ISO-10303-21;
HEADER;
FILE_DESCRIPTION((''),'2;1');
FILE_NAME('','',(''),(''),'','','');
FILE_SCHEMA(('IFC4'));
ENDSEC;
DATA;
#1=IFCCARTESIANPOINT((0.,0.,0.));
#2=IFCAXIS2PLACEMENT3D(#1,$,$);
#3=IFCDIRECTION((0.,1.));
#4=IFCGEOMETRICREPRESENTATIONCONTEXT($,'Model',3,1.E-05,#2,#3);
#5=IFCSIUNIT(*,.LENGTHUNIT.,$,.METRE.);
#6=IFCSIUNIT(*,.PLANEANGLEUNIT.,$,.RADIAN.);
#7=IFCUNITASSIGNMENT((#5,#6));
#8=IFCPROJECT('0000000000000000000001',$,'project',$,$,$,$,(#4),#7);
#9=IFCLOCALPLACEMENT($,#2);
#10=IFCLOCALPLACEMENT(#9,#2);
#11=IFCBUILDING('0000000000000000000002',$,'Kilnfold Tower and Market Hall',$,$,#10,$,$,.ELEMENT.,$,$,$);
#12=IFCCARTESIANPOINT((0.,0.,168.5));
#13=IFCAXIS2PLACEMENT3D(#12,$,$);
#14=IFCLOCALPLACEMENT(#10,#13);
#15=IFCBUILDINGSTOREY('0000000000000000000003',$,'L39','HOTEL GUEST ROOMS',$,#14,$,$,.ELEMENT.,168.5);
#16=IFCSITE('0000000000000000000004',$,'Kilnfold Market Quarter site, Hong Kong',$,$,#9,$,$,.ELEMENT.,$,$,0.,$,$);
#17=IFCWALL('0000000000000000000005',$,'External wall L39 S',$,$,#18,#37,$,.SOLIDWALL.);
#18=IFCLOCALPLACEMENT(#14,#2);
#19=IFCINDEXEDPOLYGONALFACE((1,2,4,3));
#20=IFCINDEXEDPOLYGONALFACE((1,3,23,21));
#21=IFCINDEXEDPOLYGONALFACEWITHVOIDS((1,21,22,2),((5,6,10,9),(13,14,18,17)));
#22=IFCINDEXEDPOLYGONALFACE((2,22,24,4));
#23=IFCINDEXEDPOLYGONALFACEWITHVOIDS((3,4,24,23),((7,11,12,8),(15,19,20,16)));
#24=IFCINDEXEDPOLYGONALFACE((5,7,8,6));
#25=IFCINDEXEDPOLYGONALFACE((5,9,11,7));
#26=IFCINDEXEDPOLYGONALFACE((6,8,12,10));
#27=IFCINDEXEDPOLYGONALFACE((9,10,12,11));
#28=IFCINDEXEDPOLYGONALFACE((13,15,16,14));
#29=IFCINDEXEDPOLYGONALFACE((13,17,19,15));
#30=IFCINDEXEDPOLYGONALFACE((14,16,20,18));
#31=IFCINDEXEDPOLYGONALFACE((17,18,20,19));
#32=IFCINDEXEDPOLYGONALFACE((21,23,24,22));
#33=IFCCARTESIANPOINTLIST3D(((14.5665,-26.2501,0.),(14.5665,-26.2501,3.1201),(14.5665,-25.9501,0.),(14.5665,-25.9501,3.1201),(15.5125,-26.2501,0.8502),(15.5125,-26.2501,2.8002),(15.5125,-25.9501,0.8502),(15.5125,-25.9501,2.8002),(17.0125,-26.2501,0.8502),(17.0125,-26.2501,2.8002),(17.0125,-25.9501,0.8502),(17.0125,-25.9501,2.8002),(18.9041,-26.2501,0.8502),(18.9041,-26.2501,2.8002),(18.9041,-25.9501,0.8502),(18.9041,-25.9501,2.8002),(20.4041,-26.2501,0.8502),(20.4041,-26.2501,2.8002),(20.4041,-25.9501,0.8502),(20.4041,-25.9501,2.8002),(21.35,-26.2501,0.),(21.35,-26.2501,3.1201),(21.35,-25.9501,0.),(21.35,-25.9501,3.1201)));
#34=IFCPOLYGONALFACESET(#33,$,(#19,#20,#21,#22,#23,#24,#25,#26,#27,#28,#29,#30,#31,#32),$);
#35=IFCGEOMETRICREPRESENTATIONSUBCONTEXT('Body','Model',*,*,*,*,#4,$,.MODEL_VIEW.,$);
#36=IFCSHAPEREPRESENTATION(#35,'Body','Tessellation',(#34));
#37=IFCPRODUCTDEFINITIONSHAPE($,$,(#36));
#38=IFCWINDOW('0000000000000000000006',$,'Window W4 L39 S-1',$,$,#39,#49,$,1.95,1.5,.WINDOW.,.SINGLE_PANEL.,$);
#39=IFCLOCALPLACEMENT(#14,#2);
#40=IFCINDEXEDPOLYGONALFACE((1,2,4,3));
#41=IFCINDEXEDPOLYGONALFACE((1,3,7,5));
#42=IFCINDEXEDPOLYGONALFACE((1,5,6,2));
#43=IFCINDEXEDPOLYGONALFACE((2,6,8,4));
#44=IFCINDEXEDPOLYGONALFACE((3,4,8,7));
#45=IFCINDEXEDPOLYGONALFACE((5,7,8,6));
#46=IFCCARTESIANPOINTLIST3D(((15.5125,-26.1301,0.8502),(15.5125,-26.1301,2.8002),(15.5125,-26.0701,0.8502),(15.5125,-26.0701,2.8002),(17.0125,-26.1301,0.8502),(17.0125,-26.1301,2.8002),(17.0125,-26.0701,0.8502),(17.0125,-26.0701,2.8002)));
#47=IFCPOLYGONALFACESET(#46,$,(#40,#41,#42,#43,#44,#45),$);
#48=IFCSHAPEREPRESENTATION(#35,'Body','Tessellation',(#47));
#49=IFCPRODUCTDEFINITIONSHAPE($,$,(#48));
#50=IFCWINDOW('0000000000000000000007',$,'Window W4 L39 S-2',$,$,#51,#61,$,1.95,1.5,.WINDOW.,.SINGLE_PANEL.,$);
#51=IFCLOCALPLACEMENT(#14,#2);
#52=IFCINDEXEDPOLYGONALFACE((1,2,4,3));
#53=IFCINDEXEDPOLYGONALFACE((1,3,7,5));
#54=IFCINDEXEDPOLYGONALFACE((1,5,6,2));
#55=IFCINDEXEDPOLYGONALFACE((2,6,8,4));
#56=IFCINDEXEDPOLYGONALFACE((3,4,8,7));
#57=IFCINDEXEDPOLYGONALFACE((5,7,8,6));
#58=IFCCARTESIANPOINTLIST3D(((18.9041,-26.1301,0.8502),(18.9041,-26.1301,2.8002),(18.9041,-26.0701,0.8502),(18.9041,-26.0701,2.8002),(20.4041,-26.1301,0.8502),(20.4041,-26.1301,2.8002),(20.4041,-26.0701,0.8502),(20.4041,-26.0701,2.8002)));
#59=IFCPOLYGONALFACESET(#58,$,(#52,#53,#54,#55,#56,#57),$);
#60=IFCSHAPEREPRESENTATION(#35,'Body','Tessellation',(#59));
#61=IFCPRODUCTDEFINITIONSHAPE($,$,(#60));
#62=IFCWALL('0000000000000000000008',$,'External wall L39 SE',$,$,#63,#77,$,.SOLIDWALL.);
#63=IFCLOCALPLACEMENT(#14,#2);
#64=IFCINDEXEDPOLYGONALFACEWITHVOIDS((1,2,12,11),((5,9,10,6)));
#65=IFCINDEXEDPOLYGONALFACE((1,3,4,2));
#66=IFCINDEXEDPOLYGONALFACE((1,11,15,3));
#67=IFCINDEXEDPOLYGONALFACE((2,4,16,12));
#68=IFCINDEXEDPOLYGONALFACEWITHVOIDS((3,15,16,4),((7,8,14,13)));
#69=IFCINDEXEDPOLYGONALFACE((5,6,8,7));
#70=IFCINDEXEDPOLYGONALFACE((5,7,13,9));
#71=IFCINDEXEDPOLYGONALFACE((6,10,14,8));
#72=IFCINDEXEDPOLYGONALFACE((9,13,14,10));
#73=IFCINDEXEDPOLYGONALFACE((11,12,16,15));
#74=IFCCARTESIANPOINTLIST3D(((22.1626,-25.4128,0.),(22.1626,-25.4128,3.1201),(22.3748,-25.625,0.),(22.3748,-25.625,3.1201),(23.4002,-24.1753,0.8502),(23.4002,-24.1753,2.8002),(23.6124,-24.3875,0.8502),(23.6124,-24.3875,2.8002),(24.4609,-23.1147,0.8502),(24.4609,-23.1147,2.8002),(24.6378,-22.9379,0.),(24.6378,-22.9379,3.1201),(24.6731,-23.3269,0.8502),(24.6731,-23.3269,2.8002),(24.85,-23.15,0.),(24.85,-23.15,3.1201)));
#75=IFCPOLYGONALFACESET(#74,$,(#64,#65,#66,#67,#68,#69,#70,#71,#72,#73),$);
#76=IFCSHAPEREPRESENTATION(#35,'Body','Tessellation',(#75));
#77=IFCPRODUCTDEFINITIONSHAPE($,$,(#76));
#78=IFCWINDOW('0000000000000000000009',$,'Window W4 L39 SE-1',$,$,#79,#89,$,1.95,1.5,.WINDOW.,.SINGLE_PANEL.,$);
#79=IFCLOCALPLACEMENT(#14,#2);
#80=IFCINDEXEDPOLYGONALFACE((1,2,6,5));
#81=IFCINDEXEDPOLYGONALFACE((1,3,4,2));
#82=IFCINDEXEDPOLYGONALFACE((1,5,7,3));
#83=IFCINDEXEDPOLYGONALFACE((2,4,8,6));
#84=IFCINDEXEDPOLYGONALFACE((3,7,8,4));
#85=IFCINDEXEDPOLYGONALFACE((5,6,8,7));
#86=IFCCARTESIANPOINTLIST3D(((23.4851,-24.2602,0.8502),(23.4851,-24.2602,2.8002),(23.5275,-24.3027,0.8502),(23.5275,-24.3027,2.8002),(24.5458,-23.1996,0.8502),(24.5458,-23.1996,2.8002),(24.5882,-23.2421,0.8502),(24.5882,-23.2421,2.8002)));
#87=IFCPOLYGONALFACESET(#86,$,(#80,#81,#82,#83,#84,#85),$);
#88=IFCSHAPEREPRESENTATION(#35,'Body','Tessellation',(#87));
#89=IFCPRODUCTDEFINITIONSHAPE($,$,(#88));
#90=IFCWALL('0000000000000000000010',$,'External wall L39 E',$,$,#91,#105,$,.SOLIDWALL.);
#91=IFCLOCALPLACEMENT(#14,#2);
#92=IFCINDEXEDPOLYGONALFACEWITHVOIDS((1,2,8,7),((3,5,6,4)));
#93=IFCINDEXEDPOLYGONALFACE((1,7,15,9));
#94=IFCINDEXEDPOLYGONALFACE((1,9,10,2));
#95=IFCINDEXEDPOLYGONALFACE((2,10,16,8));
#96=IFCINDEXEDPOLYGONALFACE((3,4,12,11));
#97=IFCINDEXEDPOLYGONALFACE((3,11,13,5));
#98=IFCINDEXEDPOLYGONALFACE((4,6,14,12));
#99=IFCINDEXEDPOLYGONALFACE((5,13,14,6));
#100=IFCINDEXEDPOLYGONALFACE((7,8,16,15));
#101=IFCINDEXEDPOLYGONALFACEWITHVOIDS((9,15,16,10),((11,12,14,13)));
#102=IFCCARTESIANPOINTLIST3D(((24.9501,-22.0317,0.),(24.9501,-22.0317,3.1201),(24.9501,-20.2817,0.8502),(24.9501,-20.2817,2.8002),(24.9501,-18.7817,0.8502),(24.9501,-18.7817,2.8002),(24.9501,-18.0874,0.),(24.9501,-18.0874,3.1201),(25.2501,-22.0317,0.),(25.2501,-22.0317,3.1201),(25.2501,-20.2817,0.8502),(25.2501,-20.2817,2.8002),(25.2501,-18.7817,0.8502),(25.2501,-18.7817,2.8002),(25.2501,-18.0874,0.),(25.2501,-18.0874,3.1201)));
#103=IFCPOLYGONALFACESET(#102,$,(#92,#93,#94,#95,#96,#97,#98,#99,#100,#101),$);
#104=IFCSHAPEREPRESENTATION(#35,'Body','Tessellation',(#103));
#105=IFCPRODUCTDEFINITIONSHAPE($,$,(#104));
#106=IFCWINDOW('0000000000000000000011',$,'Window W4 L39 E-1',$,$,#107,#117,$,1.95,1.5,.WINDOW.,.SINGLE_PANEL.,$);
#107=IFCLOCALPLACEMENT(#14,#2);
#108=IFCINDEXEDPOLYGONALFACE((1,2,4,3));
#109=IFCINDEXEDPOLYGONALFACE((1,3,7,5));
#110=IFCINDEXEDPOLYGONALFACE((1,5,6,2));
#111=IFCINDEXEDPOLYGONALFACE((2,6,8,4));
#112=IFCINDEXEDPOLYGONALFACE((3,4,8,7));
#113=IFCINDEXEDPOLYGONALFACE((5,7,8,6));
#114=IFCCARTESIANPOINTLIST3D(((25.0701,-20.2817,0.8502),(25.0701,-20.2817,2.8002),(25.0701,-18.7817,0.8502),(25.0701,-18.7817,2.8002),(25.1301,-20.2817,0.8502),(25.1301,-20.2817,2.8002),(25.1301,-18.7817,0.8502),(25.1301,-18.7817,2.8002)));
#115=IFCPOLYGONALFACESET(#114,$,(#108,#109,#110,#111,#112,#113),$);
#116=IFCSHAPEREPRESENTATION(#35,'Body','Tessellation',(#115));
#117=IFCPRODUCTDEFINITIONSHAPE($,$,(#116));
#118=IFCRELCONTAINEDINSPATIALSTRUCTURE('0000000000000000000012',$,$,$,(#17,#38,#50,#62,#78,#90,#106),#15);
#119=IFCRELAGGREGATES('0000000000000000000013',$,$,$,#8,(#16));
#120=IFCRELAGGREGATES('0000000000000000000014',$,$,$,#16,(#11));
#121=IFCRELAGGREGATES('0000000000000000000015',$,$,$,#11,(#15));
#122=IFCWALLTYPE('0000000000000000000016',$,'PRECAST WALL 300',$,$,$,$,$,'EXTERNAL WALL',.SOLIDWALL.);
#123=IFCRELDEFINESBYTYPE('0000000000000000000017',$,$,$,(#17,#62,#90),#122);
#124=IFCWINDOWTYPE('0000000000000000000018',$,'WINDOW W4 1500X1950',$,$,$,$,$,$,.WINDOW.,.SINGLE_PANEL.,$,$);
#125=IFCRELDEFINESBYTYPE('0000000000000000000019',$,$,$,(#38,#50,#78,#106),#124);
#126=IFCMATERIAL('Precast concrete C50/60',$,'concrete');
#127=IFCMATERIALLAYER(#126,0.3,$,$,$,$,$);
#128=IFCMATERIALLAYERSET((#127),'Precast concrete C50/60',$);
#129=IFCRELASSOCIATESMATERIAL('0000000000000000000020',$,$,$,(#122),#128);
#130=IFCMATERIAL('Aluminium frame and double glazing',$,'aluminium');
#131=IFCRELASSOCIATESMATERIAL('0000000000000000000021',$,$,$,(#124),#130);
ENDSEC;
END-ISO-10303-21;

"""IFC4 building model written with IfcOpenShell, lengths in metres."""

from ifc_helpers import new_model, si_unit, direction, frame, frame_2d, origin, place, context, subcontext, project, spatial, rectangle, extrude, source, transform, mapped, material, layer, layer_set, type_object, element, fill, save


model = new_model("IFC4")

# Units and contexts
model_context = context("Model", 3, precision=1e-05, world=origin(), true_north=direction((0.0, 1.0)))
body_context = subcontext(model_context, "Body", "Model", "MODEL_VIEW")
ifc_project = project(units=[si_unit("LENGTHUNIT", "METRE"), si_unit("PLANEANGLEUNIT", "RADIAN")], contexts=[model_context])

# Site, building, storey
site_placement = place(None, origin())
site = spatial("IfcSite", under=ifc_project, at=site_placement, Name="Kilnfold Market Quarter site, Hong Kong", CompositionType="ELEMENT", RefElevation=0.0)
building_placement = place(site_placement, origin())
building = spatial("IfcBuilding", under=site, at=building_placement, Name="Kilnfold Tower and Market Hall", CompositionType="ELEMENT")
storey_placement = place(building_placement, frame((0.0, 0.0, 168.5)))
storey = spatial("IfcBuildingStorey", under=building, at=storey_placement, Name="L39", Description="HOTEL GUEST ROOMS", CompositionType="ELEMENT", Elevation=168.5)

# Wall, openings, windows
ifc_material_1 = material(Name="Precast concrete C50/60", Category="concrete")
ifc_layer_1 = layer(ifc_material_1, 0.3)
ifc_layer_set_1 = layer_set([ifc_layer_1], Name="Precast concrete C50/60")
wall_type_1 = type_object("IfcWallType", Name="PRECAST WALL 300", ElementType="EXTERNAL WALL", PredefinedType="SOLIDWALL", material=ifc_layer_set_1)
shared_shape_1 = source(origin(), body_context, "Body", "SweptSolid", [
    extrude(rectangle(XDim=6.7834, YDim=0.3, at=frame_2d((3.3916, 0.0))), origin(), (0.0, 0.0, 1.0), 3.1201),
])
wall_1_placement = place(storey_placement, frame((14.5667, -26.1001, 0.0), z_axis=(0.0, 0.0, 1.0), x_axis=(1.0, 0.0, 0.0)))
wall_1 = element("IfcWall", 1, at=wall_1_placement, inside=storey, type_object=wall_type_1, Name="External wall L39 S", PredefinedType="SOLIDWALL", context=body_context, shape_type="MappedRepresentation", body=[
    mapped(shared_shape_1, transform((0.0, 0.0, 0.0))),
])
opening_1_placement = place(wall_1_placement, frame((0.9458, 0.0, 0.8501)))
opening_1 = element("IfcOpeningElement", 2, at=opening_1_placement, cuts=wall_1, PredefinedType="OPENING", context=body_context, shape_type="SweptSolid", body=[
    extrude(rectangle(XDim=1.5, YDim=1.95, at=frame_2d((0.75, 0.9751))), frame((0.0, 0.1602, 0.0), z_axis=(0.0, -1.0, 0.0), x_axis=(1.0, 0.0, 0.0)), (0.0, 0.0, 1.0), 0.3201),
])
opening_2_placement = place(wall_1_placement, frame((4.3374, 0.0, 0.8501)))
opening_2 = element("IfcOpeningElement", 3, at=opening_2_placement, cuts=wall_1, PredefinedType="OPENING", context=body_context, shape_type="SweptSolid", body=[
    extrude(rectangle(XDim=1.5, YDim=1.95, at=frame_2d((0.75, 0.9751))), frame((0.0, 0.1602, 0.0), z_axis=(0.0, -1.0, 0.0), x_axis=(1.0, 0.0, 0.0)), (0.0, 0.0, 1.0), 0.3201),
])
ifc_material_2 = material(Name="Aluminium frame and double glazing", Category="aluminium")
window_type = type_object("IfcWindowType", Name="WINDOW W4 1500X1950", PartitioningType="SINGLE_PANEL", PredefinedType="WINDOW", material=ifc_material_2)
window_1_placement = place(opening_1_placement, origin())
window_1 = element("IfcWindow", 4, at=window_1_placement, inside=storey, type_object=window_type, Name="Window W4 L39 S-1", OverallHeight=1.95, OverallWidth=1.5, PartitioningType="SINGLE_PANEL", PredefinedType="WINDOW", context=body_context, shape_type="SweptSolid", body=[
    extrude(rectangle(XDim=1.5, YDim=1.95, at=frame_2d((0.75, 0.9751))), frame((0.0, 0.03, 0.0), z_axis=(0.0, -1.0, 0.0), x_axis=(1.0, 0.0, 0.0)), (0.0, 0.0, 1.0), 0.0601),
])
fill(opening_1, window_1)
window_2_placement = place(opening_2_placement, origin())
window_2 = element("IfcWindow", 5, at=window_2_placement, inside=storey, type_object=window_type, Name="Window W4 L39 S-2", OverallHeight=1.95, OverallWidth=1.5, PartitioningType="SINGLE_PANEL", PredefinedType="WINDOW", context=body_context, shape_type="SweptSolid", body=[
    extrude(rectangle(XDim=1.5, YDim=1.95, at=frame_2d((0.75, 0.9751))), frame((0.0, 0.03, 0.0), z_axis=(0.0, -1.0, 0.0), x_axis=(1.0, 0.0, 0.0)), (0.0, 0.0, 1.0), 0.0601),
])
fill(opening_2, window_2)

# Walls, openings, windows
shared_shape_2 = source(origin(), body_context, "Body", "SweptSolid", [
    extrude(rectangle(XDim=3.5002, YDim=0.3, at=frame_2d((1.75, 0.0))), origin(), (0.0, 0.0, 1.0), 3.1201),
])
wall_2_placement = place(storey_placement, frame((22.2688, -25.5188, 0.0), z_axis=(0.0, 0.0, 1.0), x_axis=(0.707142, 0.707072, 0.0)))
wall_2 = element("IfcWall", 6, at=wall_2_placement, inside=storey, type_object=wall_type_1, Name="External wall L39 SE", PredefinedType="SOLIDWALL", context=body_context, shape_type="MappedRepresentation", body=[
    mapped(shared_shape_2, transform((0.0, 0.0, 0.0))),
])
opening_3_placement = place(wall_2_placement, frame((1.75, 0.0, 0.8501)))
opening_3 = element("IfcOpeningElement", 7, at=opening_3_placement, cuts=wall_2, PredefinedType="OPENING", context=body_context, shape_type="SweptSolid", body=[
    extrude(rectangle(XDim=1.5, YDim=1.95, at=frame_2d((0.75, 0.9751))), frame((0.0, 0.1602, 0.0), z_axis=(0.0, -1.0, 0.0), x_axis=(1.0, 0.0, 0.0)), (0.0, 0.0, 1.0), 0.3201),
])
window_3_placement = place(opening_3_placement, origin())
window_3 = element("IfcWindow", 8, at=window_3_placement, inside=storey, type_object=window_type, Name="Window W4 L39 SE-1", OverallHeight=1.95, OverallWidth=1.5, PartitioningType="SINGLE_PANEL", PredefinedType="WINDOW", context=body_context, shape_type="SweptSolid", body=[
    extrude(rectangle(XDim=1.5, YDim=1.95, at=frame_2d((0.75, 0.9751))), frame((0.0, 0.03, 0.0), z_axis=(0.0, -1.0, 0.0), x_axis=(1.0, 0.0, 0.0)), (0.0, 0.0, 1.0), 0.0601),
])
fill(opening_3, window_3)
shared_shape_3 = source(origin(), body_context, "Body", "SweptSolid", [
    extrude(rectangle(XDim=3.9443, YDim=0.3, at=frame_2d((1.9722, 0.0))), origin(), (0.0, 0.0, 1.0), 3.1201),
])
wall_3_placement = place(storey_placement, frame((25.1001, -22.0317, 0.0), z_axis=(0.0, 0.0, 1.0), x_axis=(0.0, 1.0, 0.0)))
wall_3 = element("IfcWall", 9, at=wall_3_placement, inside=storey, type_object=wall_type_1, Name="External wall L39 E", PredefinedType="SOLIDWALL", context=body_context, shape_type="MappedRepresentation", body=[
    mapped(shared_shape_3, transform((0.0, 0.0, 0.0))),
])
opening_4_placement = place(wall_3_placement, frame((1.75, 0.0, 0.8501)))
opening_4 = element("IfcOpeningElement", 10, at=opening_4_placement, cuts=wall_3, PredefinedType="OPENING", context=body_context, shape_type="SweptSolid", body=[
    extrude(rectangle(XDim=1.5, YDim=1.95, at=frame_2d((0.75, 0.9751))), frame((0.0, 0.1602, 0.0), z_axis=(0.0, -1.0, 0.0), x_axis=(1.0, 0.0, 0.0)), (0.0, 0.0, 1.0), 0.3201),
])
window_4_placement = place(opening_4_placement, origin())
window_4 = element("IfcWindow", 11, at=window_4_placement, inside=storey, type_object=window_type, Name="Window W4 L39 E-1", OverallHeight=1.95, OverallWidth=1.5, PartitioningType="SINGLE_PANEL", PredefinedType="WINDOW", context=body_context, shape_type="SweptSolid", body=[
    extrude(rectangle(XDim=1.5, YDim=1.95, at=frame_2d((0.75, 0.9751))), frame((0.0, 0.03, 0.0), z_axis=(0.0, -1.0, 0.0), x_axis=(1.0, 0.0, 0.0)), (0.0, 0.0, 1.0), 0.0601),
])
fill(opening_4, window_4)

save(model, "model.ifc")
